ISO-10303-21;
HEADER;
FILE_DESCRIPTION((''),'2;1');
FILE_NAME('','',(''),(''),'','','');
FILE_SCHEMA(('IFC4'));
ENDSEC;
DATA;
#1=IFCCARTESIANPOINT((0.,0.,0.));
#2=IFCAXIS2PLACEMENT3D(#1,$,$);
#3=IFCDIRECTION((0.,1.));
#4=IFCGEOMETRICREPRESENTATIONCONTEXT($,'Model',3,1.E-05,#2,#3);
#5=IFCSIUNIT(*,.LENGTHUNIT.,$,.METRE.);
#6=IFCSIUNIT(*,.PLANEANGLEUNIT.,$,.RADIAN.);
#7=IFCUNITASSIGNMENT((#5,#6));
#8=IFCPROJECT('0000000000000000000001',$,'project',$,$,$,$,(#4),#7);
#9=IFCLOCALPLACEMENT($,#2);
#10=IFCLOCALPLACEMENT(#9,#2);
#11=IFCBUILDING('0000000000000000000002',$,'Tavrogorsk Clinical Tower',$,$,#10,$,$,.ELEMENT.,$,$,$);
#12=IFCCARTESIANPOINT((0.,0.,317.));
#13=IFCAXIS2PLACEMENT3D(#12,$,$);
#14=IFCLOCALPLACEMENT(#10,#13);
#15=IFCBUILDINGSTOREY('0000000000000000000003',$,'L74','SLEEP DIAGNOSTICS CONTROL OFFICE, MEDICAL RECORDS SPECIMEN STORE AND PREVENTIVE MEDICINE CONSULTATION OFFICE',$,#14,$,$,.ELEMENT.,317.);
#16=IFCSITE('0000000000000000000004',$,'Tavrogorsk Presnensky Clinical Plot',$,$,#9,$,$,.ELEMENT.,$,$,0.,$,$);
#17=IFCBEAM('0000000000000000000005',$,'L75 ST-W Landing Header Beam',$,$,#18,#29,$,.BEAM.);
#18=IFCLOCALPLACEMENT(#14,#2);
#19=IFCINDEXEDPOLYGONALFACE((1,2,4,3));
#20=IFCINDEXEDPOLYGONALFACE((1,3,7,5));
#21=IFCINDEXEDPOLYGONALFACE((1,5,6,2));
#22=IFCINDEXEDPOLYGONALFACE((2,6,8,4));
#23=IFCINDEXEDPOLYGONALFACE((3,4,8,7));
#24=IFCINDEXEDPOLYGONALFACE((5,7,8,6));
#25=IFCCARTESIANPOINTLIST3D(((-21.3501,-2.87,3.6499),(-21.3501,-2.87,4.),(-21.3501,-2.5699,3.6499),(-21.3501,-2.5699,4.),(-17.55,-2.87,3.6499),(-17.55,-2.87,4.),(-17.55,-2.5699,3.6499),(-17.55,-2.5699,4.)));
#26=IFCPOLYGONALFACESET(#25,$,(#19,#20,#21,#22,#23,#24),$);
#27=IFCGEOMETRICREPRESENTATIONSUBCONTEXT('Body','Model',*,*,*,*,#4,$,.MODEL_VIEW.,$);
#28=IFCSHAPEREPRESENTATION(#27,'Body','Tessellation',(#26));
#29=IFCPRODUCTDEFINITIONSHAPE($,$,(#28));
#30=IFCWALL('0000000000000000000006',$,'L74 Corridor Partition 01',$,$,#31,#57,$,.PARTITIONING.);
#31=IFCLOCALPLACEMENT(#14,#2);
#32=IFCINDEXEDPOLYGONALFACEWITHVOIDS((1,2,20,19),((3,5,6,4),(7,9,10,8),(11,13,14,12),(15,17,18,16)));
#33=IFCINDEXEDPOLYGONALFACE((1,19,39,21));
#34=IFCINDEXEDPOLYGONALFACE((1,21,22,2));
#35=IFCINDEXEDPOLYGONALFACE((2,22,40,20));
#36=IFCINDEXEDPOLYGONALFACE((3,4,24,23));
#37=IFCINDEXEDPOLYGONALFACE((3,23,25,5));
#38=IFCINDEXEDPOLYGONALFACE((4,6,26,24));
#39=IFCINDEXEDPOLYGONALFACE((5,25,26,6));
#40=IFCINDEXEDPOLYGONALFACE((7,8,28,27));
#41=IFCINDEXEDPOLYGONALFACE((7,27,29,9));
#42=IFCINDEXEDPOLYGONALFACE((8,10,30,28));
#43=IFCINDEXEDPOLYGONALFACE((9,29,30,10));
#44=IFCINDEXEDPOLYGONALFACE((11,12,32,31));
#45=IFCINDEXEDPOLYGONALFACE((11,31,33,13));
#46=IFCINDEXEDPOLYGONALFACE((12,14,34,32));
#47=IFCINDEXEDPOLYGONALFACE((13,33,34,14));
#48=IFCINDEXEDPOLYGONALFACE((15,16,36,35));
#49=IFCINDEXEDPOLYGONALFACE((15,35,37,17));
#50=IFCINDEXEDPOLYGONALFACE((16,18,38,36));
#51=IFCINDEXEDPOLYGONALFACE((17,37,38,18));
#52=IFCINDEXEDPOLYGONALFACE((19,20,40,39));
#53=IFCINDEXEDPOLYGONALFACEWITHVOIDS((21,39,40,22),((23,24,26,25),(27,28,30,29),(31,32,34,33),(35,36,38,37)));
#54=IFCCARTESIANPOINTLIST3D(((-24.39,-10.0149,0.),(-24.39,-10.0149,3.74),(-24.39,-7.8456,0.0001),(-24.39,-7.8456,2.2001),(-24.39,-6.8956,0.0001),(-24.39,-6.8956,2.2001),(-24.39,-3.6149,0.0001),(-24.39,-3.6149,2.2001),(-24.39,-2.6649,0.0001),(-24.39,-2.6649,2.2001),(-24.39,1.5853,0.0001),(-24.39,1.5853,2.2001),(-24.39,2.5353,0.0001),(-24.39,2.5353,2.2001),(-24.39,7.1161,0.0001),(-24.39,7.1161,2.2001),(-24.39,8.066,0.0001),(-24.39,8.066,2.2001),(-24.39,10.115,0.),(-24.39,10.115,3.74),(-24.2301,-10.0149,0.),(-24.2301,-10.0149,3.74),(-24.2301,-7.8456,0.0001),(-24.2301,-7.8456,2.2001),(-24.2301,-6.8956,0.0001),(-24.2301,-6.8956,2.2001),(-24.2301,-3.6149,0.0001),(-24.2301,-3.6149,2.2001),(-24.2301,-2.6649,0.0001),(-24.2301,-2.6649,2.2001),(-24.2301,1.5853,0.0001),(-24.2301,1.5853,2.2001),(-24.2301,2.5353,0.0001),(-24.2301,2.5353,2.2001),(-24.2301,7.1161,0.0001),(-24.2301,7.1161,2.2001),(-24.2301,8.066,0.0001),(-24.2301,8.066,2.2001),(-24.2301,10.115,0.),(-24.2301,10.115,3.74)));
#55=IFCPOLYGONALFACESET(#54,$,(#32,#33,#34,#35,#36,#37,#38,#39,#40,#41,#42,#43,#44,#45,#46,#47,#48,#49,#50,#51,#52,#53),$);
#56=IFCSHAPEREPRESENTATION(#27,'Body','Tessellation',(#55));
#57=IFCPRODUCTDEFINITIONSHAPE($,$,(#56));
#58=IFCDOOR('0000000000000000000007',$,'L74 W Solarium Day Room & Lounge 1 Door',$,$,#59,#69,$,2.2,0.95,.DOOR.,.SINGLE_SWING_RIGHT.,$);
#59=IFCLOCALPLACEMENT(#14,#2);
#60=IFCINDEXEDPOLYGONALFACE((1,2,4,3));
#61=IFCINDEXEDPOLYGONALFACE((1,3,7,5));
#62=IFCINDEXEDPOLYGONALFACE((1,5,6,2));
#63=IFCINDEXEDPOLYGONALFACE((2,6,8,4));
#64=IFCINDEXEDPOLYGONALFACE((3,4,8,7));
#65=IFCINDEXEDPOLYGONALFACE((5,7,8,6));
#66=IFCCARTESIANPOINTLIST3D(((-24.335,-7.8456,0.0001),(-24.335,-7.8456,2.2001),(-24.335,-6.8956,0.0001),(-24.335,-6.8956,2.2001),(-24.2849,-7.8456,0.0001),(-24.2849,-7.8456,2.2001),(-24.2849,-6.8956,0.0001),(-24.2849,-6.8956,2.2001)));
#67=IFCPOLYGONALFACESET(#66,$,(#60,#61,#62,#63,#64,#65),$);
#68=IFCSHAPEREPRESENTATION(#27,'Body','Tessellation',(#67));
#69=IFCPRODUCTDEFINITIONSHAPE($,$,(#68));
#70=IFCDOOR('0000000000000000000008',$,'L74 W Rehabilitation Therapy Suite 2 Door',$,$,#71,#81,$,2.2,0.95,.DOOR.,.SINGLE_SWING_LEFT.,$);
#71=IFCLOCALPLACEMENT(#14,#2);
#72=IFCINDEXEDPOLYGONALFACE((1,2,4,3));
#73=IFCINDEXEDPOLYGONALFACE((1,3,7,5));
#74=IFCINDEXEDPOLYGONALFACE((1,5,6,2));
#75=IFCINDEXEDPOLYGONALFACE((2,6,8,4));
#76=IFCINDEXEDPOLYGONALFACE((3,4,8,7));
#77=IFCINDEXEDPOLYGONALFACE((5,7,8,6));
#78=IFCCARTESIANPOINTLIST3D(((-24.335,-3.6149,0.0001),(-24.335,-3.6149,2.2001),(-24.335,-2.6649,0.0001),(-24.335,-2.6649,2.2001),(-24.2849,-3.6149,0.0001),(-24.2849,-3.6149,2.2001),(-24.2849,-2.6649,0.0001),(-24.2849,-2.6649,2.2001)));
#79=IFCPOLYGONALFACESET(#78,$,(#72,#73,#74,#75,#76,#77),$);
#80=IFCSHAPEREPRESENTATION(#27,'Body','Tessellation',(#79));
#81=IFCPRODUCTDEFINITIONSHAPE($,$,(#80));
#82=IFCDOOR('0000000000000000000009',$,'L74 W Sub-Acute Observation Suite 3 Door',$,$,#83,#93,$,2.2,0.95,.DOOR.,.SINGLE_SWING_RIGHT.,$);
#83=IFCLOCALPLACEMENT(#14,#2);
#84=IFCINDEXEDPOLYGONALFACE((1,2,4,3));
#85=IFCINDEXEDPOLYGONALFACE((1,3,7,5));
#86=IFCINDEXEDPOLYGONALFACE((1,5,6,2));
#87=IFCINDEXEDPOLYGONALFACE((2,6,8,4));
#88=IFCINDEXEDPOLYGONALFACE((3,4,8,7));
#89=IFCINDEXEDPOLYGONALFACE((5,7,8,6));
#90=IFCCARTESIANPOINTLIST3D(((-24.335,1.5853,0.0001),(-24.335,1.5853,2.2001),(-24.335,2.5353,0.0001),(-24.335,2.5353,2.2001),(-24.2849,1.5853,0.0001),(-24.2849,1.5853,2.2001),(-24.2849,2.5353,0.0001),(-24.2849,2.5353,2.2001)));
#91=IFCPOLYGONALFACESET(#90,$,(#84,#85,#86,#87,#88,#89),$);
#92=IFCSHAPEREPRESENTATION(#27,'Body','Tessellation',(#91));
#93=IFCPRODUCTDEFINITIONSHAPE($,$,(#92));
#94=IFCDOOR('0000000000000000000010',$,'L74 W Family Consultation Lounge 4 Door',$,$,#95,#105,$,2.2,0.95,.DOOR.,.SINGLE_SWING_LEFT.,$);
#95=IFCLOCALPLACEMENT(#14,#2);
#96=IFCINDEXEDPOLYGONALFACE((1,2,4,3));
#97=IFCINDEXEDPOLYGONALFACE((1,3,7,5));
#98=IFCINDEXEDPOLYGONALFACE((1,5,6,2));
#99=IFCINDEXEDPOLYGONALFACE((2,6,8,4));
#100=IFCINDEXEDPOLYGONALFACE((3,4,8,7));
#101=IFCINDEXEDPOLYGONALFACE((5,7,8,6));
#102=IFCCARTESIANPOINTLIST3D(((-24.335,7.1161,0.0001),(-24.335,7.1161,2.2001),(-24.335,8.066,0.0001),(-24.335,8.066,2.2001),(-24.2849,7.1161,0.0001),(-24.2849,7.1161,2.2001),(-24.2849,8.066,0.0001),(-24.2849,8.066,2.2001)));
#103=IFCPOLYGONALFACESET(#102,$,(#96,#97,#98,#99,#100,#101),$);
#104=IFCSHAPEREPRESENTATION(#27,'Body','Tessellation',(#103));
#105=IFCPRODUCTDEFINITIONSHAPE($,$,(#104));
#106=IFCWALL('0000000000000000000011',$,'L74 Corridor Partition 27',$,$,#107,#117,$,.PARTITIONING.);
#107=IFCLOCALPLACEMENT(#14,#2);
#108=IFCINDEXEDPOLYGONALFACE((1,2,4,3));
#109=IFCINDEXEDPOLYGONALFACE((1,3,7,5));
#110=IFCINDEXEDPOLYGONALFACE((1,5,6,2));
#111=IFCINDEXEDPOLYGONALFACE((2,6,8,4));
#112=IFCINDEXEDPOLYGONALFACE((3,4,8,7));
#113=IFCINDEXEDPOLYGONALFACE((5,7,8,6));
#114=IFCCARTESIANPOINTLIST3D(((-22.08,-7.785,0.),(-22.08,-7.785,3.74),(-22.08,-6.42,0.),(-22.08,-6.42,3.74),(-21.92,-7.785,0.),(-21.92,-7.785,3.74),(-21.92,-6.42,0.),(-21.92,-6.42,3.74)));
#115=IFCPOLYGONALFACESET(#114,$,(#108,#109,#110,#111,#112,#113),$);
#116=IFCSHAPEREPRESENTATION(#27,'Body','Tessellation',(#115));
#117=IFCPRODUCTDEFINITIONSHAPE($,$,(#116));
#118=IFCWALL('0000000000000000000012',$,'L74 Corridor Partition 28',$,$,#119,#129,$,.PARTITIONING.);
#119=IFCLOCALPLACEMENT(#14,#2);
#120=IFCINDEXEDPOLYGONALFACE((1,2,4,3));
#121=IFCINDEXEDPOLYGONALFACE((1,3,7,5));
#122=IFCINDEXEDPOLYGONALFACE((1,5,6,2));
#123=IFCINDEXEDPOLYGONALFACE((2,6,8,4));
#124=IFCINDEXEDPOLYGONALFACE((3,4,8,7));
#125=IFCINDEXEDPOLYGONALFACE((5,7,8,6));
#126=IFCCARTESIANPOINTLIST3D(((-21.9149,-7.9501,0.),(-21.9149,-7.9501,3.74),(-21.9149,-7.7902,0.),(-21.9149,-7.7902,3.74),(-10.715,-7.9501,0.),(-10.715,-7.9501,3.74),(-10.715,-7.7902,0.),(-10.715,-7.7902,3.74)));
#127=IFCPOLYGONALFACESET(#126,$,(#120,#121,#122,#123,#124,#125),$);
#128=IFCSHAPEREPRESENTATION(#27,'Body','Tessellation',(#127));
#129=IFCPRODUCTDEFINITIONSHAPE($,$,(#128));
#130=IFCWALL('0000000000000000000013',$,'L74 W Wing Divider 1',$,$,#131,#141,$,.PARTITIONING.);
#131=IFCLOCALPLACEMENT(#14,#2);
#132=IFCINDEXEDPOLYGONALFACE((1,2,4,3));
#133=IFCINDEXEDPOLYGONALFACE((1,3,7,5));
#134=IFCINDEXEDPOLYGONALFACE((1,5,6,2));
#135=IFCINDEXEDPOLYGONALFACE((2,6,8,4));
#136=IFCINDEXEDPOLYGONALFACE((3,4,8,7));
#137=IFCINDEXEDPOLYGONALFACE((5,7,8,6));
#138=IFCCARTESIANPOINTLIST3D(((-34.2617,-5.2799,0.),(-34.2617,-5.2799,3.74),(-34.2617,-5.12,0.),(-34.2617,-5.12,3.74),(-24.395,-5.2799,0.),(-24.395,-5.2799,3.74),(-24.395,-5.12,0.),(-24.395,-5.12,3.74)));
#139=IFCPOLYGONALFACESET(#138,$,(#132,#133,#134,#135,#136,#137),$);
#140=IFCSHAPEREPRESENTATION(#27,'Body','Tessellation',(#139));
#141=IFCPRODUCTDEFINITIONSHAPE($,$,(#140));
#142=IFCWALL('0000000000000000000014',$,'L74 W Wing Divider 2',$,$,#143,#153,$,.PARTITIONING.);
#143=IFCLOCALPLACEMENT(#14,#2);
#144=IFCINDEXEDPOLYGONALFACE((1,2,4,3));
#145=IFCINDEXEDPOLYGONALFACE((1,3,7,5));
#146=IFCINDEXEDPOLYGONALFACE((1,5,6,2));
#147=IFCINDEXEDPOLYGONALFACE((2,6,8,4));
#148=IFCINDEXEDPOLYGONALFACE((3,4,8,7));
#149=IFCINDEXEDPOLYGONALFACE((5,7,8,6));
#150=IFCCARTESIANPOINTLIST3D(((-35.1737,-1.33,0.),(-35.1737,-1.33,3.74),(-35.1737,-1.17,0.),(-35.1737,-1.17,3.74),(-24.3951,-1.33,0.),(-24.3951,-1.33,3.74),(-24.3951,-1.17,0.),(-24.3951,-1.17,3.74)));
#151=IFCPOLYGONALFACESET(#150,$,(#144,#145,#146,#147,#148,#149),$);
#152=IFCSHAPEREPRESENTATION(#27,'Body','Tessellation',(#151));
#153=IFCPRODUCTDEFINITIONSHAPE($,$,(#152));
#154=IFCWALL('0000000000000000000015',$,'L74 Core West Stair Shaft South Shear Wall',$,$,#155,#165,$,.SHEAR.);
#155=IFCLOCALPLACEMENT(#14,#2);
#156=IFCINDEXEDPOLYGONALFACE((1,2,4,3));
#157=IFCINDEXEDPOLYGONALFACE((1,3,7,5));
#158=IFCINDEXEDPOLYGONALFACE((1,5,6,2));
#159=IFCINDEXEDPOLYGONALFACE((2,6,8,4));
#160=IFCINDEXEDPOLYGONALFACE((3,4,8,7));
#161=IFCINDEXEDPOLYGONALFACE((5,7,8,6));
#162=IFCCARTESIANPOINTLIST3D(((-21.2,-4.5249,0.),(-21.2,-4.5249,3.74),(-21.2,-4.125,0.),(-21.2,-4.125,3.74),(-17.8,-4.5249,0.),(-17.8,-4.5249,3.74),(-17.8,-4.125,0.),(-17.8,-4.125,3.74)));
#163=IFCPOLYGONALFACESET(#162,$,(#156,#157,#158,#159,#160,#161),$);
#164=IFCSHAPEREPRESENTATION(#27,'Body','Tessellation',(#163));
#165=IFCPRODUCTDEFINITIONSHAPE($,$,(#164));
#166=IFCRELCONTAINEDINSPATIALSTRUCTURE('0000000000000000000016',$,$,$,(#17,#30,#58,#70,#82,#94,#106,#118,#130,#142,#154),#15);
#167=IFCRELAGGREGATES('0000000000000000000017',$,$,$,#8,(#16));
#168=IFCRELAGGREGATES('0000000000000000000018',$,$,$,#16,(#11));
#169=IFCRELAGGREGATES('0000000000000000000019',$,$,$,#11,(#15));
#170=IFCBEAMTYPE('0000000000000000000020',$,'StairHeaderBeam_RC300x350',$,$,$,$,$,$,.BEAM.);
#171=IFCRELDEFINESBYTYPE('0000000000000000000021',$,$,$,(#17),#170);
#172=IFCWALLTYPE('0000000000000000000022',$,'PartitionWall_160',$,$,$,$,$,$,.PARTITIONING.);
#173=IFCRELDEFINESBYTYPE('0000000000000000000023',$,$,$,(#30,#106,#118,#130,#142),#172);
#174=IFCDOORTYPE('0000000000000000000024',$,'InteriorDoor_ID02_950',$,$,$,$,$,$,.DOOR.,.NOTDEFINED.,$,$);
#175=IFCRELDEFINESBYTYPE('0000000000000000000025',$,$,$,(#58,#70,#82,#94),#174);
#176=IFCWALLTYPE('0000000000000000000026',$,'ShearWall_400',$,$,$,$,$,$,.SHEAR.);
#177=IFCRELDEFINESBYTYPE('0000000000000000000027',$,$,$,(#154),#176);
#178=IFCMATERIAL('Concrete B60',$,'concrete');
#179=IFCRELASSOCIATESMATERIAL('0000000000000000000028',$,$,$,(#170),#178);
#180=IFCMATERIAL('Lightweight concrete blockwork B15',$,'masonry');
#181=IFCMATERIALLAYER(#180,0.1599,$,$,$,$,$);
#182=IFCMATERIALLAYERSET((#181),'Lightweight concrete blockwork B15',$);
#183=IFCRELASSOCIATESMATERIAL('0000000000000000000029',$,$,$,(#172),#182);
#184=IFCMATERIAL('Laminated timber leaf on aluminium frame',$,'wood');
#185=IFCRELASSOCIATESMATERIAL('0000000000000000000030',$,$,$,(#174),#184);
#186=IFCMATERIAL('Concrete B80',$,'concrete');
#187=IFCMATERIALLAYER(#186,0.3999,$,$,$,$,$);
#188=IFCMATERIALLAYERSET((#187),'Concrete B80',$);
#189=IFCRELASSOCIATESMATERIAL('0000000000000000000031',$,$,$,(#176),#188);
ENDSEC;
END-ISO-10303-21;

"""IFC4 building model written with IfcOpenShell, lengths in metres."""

from ifc_helpers import new_model, si_unit, direction, frame, frame_2d, origin, origin_2d, place, context, subcontext, project, spatial, rectangle, extrude, material, layer, layer_set, material_profile, profile_set, type_object, element, fill, save


model = new_model("IFC4")

# Units and contexts
model_context = context("Model", 3, precision=1e-05, world=origin(), true_north=direction((0.0, 1.0)))
body_context = subcontext(model_context, "Body", "Model", "MODEL_VIEW")
ifc_project = project(units=[si_unit("LENGTHUNIT", "METRE"), si_unit("PLANEANGLEUNIT", "RADIAN")], contexts=[model_context])

# Site, building, storey
site_placement = place(None, origin())
site = spatial("IfcSite", under=ifc_project, at=site_placement, Name="Tavrogorsk Presnensky Clinical Plot", CompositionType="ELEMENT", RefElevation=0.0)
building_placement = place(site_placement, origin())
building = spatial("IfcBuilding", under=site, at=building_placement, Name="Tavrogorsk Clinical Tower", CompositionType="ELEMENT")
storey_placement = place(building_placement, frame((0.0, 0.0, 317.0)))
storey = spatial("IfcBuildingStorey", under=building, at=storey_placement, Name="L74", Description="SLEEP DIAGNOSTICS CONTROL OFFICE, MEDICAL RECORDS SPECIMEN STORE AND PREVENTIVE MEDICINE CONSULTATION OFFICE", CompositionType="ELEMENT", Elevation=317.0)

# Beam
ifc_material_1 = material(Name="Concrete B60", Category="concrete")
ifc_material_profile_1 = material_profile(ifc_material_1, rectangle(XDim=0.3, YDim=0.3501, at=origin_2d()), Name="RC-SHB-300x350")
ifc_profile_set_1 = profile_set([ifc_material_profile_1], Name="Concrete B60")
beam_type_1 = type_object("IfcBeamType", Name="StairHeaderBeam_RC300x350", PredefinedType="BEAM", material=ifc_profile_set_1)
beam_1_placement = place(storey_placement, frame((-21.3501, -2.72, 3.825), z_axis=(1.0, 0.0, 0.0), x_axis=(0.0, 1.0, 0.0)))
element("IfcBeam", 1, at=beam_1_placement, inside=storey, type_object=beam_type_1, Name="L75 ST-W Landing Header Beam", PredefinedType="BEAM", context=body_context, shape_type="SweptSolid", body=[
    extrude(rectangle(XDim=0.3, YDim=0.3501, at=origin_2d()), origin(), (0.0, 0.0, 1.0), 3.8),
])

# Wall, openings, doors
ifc_material_2 = material(Name="Lightweight concrete blockwork B15", Category="masonry")
ifc_layer_1 = layer(ifc_material_2, 0.1599)
ifc_layer_set_1 = layer_set([ifc_layer_1], Name="Lightweight concrete blockwork B15")
wall_type_1 = type_object("IfcWallType", Name="PartitionWall_160", PredefinedType="PARTITIONING", material=ifc_layer_set_1)
wall_1_placement = place(storey_placement, frame((-24.3101, -10.0149, 0.0), z_axis=(0.0, 0.0, 1.0), x_axis=(0.0, 1.0, 0.0)))
wall_1 = element("IfcWall", 2, at=wall_1_placement, inside=storey, type_object=wall_type_1, Name="L74 Corridor Partition 01", PredefinedType="PARTITIONING", context=body_context, shape_type="SweptSolid", body=[
    extrude(rectangle(XDim=20.1299, YDim=0.1599, at=frame_2d((10.0649, 0.0))), origin(), (0.0, 0.0, 1.0), 3.74),
])
opening_1_placement = place(wall_1_placement, frame((2.1692, 0.0, 0.0)))
opening_1 = element("IfcOpeningElement", 3, at=opening_1_placement, cuts=wall_1, PredefinedType="OPENING", context=body_context, shape_type="SweptSolid", body=[
    extrude(rectangle(XDim=0.95, YDim=2.2, at=frame_2d((0.4751, 1.1001))), frame((0.0, 0.0898, 0.0), z_axis=(0.0, -1.0, 0.0), x_axis=(1.0, 0.0, 0.0)), (0.0, 0.0, 1.0), 0.1799),
])
opening_2_placement = place(wall_1_placement, frame((6.3999, 0.0, 0.0)))
opening_2 = element("IfcOpeningElement", 4, at=opening_2_placement, cuts=wall_1, PredefinedType="OPENING", context=body_context, shape_type="SweptSolid", body=[
    extrude(rectangle(XDim=0.95, YDim=2.2, at=frame_2d((0.4751, 1.1001))), frame((0.0, 0.0898, 0.0), z_axis=(0.0, -1.0, 0.0), x_axis=(1.0, 0.0, 0.0)), (0.0, 0.0, 1.0), 0.1799),
])
opening_3_placement = place(wall_1_placement, frame((11.6001, 0.0, 0.0)))
opening_3 = element("IfcOpeningElement", 5, at=opening_3_placement, cuts=wall_1, PredefinedType="OPENING", context=body_context, shape_type="SweptSolid", body=[
    extrude(rectangle(XDim=0.95, YDim=2.2, at=frame_2d((0.4751, 1.1001))), frame((0.0, 0.0898, 0.0), z_axis=(0.0, -1.0, 0.0), x_axis=(1.0, 0.0, 0.0)), (0.0, 0.0, 1.0), 0.1799),
])
opening_4_placement = place(wall_1_placement, frame((17.1309, 0.0, 0.0)))
opening_4 = element("IfcOpeningElement", 6, at=opening_4_placement, cuts=wall_1, PredefinedType="OPENING", context=body_context, shape_type="SweptSolid", body=[
    extrude(rectangle(XDim=0.95, YDim=2.2, at=frame_2d((0.4751, 1.1001))), frame((0.0, 0.0898, 0.0), z_axis=(0.0, -1.0, 0.0), x_axis=(1.0, 0.0, 0.0)), (0.0, 0.0, 1.0), 0.1799),
])
ifc_material_3 = material(Name="Laminated timber leaf on aluminium frame", Category="wood")
door_type = type_object("IfcDoorType", Name="InteriorDoor_ID02_950", OperationType="NOTDEFINED", PredefinedType="DOOR", material=ifc_material_3)
door_1_placement = place(opening_1_placement, origin())
door_1 = element("IfcDoor", 7, at=door_1_placement, inside=storey, type_object=door_type, Name="L74 W Solarium Day Room & Lounge 1 Door", OperationType="SINGLE_SWING_RIGHT", OverallHeight=2.2, OverallWidth=0.95, PredefinedType="DOOR", context=body_context, shape_type="SweptSolid", body=[
    extrude(rectangle(XDim=0.95, YDim=2.2, at=frame_2d((0.4751, 1.1001))), frame((0.0, 0.0249, 0.0), z_axis=(0.0, -1.0, 0.0), x_axis=(1.0, 0.0, 0.0)), (0.0, 0.0, 1.0), 0.05),
])
fill(opening_1, door_1)
door_2_placement = place(opening_2_placement, origin())
door_2 = element("IfcDoor", 8, at=door_2_placement, inside=storey, type_object=door_type, Name="L74 W Rehabilitation Therapy Suite 2 Door", OperationType="SINGLE_SWING_LEFT", OverallHeight=2.2, OverallWidth=0.95, PredefinedType="DOOR", context=body_context, shape_type="SweptSolid", body=[
    extrude(rectangle(XDim=0.95, YDim=2.2, at=frame_2d((0.4751, 1.1001))), frame((0.0, 0.0249, 0.0), z_axis=(0.0, -1.0, 0.0), x_axis=(1.0, 0.0, 0.0)), (0.0, 0.0, 1.0), 0.05),
])
fill(opening_2, door_2)
door_3_placement = place(opening_3_placement, origin())
door_3 = element("IfcDoor", 9, at=door_3_placement, inside=storey, type_object=door_type, Name="L74 W Sub-Acute Observation Suite 3 Door", OperationType="SINGLE_SWING_RIGHT", OverallHeight=2.2, OverallWidth=0.95, PredefinedType="DOOR", context=body_context, shape_type="SweptSolid", body=[
    extrude(rectangle(XDim=0.95, YDim=2.2, at=frame_2d((0.4751, 1.1001))), frame((0.0, 0.0249, 0.0), z_axis=(0.0, -1.0, 0.0), x_axis=(1.0, 0.0, 0.0)), (0.0, 0.0, 1.0), 0.05),
])
fill(opening_3, door_3)
door_4_placement = place(opening_4_placement, origin())
door_4 = element("IfcDoor", 10, at=door_4_placement, inside=storey, type_object=door_type, Name="L74 W Family Consultation Lounge 4 Door", OperationType="SINGLE_SWING_LEFT", OverallHeight=2.2, OverallWidth=0.95, PredefinedType="DOOR", context=body_context, shape_type="SweptSolid", body=[
    extrude(rectangle(XDim=0.95, YDim=2.2, at=frame_2d((0.4751, 1.1001))), frame((0.0, 0.0249, 0.0), z_axis=(0.0, -1.0, 0.0), x_axis=(1.0, 0.0, 0.0)), (0.0, 0.0, 1.0), 0.05),
])
fill(opening_4, door_4)

# Walls
wall_2_placement = place(storey_placement, frame((-22.0, -6.4199, 0.0), z_axis=(0.0, 0.0, 1.0), x_axis=(0.0, -1.0, 0.0)))
element("IfcWall", 11, at=wall_2_placement, inside=storey, type_object=wall_type_1, Name="L74 Corridor Partition 27", PredefinedType="PARTITIONING", context=body_context, shape_type="SweptSolid", body=[
    extrude(rectangle(XDim=1.365, YDim=0.1599, at=frame_2d((0.6826, 0.0))), origin(), (0.0, 0.0, 1.0), 3.74),
])
wall_3_placement = place(storey_placement, frame((-21.915, -7.8701, 0.0), z_axis=(0.0, 0.0, 1.0), x_axis=(1.0, 0.0, 0.0)))
element("IfcWall", 12, at=wall_3_placement, inside=storey, type_object=wall_type_1, Name="L74 Corridor Partition 28", PredefinedType="PARTITIONING", context=body_context, shape_type="SweptSolid", body=[
    extrude(rectangle(XDim=11.2, YDim=0.1599, at=frame_2d((5.6001, 0.0))), origin(), (0.0, 0.0, 1.0), 3.74),
])
wall_4_placement = place(storey_placement, frame((-34.2617, -5.2, 0.0), z_axis=(0.0, 0.0, 1.0), x_axis=(1.0, 0.0, 0.0)))
element("IfcWall", 13, at=wall_4_placement, inside=storey, type_object=wall_type_1, Name="L74 W Wing Divider 1", PredefinedType="PARTITIONING", context=body_context, shape_type="SweptSolid", body=[
    extrude(rectangle(XDim=9.8667, YDim=0.1599, at=frame_2d((4.9333, 0.0))), origin(), (0.0, 0.0, 1.0), 3.74),
])
wall_5_placement = place(storey_placement, frame((-35.1736, -1.25, 0.0), z_axis=(0.0, 0.0, 1.0), x_axis=(1.0, 0.0, 0.0)))
element("IfcWall", 14, at=wall_5_placement, inside=storey, type_object=wall_type_1, Name="L74 W Wing Divider 2", PredefinedType="PARTITIONING", context=body_context, shape_type="SweptSolid", body=[
    extrude(rectangle(XDim=10.7786, YDim=0.1599, at=frame_2d((5.3892, 0.0))), origin(), (0.0, 0.0, 1.0), 3.74),
])
ifc_material_4 = material(Name="Concrete B80", Category="concrete")
ifc_layer_2 = layer(ifc_material_4, 0.3999)
ifc_layer_set_2 = layer_set([ifc_layer_2], Name="Concrete B80")
wall_type_2 = type_object("IfcWallType", Name="ShearWall_400", PredefinedType="SHEAR", material=ifc_layer_set_2)
wall_6_placement = place(storey_placement, frame((-21.2, -4.325, 0.0), z_axis=(0.0, 0.0, 1.0), x_axis=(1.0, 0.0, 0.0)))
element("IfcWall", 15, at=wall_6_placement, inside=storey, type_object=wall_type_2, Name="L74 Core West Stair Shaft South Shear Wall", PredefinedType="SHEAR", context=body_context, shape_type="SweptSolid", body=[
    extrude(rectangle(XDim=3.3999, YDim=0.3999, at=frame_2d((1.7, 0.0))), origin(), (0.0, 0.0, 1.0), 3.74),
])

save(model, "model.ifc")
